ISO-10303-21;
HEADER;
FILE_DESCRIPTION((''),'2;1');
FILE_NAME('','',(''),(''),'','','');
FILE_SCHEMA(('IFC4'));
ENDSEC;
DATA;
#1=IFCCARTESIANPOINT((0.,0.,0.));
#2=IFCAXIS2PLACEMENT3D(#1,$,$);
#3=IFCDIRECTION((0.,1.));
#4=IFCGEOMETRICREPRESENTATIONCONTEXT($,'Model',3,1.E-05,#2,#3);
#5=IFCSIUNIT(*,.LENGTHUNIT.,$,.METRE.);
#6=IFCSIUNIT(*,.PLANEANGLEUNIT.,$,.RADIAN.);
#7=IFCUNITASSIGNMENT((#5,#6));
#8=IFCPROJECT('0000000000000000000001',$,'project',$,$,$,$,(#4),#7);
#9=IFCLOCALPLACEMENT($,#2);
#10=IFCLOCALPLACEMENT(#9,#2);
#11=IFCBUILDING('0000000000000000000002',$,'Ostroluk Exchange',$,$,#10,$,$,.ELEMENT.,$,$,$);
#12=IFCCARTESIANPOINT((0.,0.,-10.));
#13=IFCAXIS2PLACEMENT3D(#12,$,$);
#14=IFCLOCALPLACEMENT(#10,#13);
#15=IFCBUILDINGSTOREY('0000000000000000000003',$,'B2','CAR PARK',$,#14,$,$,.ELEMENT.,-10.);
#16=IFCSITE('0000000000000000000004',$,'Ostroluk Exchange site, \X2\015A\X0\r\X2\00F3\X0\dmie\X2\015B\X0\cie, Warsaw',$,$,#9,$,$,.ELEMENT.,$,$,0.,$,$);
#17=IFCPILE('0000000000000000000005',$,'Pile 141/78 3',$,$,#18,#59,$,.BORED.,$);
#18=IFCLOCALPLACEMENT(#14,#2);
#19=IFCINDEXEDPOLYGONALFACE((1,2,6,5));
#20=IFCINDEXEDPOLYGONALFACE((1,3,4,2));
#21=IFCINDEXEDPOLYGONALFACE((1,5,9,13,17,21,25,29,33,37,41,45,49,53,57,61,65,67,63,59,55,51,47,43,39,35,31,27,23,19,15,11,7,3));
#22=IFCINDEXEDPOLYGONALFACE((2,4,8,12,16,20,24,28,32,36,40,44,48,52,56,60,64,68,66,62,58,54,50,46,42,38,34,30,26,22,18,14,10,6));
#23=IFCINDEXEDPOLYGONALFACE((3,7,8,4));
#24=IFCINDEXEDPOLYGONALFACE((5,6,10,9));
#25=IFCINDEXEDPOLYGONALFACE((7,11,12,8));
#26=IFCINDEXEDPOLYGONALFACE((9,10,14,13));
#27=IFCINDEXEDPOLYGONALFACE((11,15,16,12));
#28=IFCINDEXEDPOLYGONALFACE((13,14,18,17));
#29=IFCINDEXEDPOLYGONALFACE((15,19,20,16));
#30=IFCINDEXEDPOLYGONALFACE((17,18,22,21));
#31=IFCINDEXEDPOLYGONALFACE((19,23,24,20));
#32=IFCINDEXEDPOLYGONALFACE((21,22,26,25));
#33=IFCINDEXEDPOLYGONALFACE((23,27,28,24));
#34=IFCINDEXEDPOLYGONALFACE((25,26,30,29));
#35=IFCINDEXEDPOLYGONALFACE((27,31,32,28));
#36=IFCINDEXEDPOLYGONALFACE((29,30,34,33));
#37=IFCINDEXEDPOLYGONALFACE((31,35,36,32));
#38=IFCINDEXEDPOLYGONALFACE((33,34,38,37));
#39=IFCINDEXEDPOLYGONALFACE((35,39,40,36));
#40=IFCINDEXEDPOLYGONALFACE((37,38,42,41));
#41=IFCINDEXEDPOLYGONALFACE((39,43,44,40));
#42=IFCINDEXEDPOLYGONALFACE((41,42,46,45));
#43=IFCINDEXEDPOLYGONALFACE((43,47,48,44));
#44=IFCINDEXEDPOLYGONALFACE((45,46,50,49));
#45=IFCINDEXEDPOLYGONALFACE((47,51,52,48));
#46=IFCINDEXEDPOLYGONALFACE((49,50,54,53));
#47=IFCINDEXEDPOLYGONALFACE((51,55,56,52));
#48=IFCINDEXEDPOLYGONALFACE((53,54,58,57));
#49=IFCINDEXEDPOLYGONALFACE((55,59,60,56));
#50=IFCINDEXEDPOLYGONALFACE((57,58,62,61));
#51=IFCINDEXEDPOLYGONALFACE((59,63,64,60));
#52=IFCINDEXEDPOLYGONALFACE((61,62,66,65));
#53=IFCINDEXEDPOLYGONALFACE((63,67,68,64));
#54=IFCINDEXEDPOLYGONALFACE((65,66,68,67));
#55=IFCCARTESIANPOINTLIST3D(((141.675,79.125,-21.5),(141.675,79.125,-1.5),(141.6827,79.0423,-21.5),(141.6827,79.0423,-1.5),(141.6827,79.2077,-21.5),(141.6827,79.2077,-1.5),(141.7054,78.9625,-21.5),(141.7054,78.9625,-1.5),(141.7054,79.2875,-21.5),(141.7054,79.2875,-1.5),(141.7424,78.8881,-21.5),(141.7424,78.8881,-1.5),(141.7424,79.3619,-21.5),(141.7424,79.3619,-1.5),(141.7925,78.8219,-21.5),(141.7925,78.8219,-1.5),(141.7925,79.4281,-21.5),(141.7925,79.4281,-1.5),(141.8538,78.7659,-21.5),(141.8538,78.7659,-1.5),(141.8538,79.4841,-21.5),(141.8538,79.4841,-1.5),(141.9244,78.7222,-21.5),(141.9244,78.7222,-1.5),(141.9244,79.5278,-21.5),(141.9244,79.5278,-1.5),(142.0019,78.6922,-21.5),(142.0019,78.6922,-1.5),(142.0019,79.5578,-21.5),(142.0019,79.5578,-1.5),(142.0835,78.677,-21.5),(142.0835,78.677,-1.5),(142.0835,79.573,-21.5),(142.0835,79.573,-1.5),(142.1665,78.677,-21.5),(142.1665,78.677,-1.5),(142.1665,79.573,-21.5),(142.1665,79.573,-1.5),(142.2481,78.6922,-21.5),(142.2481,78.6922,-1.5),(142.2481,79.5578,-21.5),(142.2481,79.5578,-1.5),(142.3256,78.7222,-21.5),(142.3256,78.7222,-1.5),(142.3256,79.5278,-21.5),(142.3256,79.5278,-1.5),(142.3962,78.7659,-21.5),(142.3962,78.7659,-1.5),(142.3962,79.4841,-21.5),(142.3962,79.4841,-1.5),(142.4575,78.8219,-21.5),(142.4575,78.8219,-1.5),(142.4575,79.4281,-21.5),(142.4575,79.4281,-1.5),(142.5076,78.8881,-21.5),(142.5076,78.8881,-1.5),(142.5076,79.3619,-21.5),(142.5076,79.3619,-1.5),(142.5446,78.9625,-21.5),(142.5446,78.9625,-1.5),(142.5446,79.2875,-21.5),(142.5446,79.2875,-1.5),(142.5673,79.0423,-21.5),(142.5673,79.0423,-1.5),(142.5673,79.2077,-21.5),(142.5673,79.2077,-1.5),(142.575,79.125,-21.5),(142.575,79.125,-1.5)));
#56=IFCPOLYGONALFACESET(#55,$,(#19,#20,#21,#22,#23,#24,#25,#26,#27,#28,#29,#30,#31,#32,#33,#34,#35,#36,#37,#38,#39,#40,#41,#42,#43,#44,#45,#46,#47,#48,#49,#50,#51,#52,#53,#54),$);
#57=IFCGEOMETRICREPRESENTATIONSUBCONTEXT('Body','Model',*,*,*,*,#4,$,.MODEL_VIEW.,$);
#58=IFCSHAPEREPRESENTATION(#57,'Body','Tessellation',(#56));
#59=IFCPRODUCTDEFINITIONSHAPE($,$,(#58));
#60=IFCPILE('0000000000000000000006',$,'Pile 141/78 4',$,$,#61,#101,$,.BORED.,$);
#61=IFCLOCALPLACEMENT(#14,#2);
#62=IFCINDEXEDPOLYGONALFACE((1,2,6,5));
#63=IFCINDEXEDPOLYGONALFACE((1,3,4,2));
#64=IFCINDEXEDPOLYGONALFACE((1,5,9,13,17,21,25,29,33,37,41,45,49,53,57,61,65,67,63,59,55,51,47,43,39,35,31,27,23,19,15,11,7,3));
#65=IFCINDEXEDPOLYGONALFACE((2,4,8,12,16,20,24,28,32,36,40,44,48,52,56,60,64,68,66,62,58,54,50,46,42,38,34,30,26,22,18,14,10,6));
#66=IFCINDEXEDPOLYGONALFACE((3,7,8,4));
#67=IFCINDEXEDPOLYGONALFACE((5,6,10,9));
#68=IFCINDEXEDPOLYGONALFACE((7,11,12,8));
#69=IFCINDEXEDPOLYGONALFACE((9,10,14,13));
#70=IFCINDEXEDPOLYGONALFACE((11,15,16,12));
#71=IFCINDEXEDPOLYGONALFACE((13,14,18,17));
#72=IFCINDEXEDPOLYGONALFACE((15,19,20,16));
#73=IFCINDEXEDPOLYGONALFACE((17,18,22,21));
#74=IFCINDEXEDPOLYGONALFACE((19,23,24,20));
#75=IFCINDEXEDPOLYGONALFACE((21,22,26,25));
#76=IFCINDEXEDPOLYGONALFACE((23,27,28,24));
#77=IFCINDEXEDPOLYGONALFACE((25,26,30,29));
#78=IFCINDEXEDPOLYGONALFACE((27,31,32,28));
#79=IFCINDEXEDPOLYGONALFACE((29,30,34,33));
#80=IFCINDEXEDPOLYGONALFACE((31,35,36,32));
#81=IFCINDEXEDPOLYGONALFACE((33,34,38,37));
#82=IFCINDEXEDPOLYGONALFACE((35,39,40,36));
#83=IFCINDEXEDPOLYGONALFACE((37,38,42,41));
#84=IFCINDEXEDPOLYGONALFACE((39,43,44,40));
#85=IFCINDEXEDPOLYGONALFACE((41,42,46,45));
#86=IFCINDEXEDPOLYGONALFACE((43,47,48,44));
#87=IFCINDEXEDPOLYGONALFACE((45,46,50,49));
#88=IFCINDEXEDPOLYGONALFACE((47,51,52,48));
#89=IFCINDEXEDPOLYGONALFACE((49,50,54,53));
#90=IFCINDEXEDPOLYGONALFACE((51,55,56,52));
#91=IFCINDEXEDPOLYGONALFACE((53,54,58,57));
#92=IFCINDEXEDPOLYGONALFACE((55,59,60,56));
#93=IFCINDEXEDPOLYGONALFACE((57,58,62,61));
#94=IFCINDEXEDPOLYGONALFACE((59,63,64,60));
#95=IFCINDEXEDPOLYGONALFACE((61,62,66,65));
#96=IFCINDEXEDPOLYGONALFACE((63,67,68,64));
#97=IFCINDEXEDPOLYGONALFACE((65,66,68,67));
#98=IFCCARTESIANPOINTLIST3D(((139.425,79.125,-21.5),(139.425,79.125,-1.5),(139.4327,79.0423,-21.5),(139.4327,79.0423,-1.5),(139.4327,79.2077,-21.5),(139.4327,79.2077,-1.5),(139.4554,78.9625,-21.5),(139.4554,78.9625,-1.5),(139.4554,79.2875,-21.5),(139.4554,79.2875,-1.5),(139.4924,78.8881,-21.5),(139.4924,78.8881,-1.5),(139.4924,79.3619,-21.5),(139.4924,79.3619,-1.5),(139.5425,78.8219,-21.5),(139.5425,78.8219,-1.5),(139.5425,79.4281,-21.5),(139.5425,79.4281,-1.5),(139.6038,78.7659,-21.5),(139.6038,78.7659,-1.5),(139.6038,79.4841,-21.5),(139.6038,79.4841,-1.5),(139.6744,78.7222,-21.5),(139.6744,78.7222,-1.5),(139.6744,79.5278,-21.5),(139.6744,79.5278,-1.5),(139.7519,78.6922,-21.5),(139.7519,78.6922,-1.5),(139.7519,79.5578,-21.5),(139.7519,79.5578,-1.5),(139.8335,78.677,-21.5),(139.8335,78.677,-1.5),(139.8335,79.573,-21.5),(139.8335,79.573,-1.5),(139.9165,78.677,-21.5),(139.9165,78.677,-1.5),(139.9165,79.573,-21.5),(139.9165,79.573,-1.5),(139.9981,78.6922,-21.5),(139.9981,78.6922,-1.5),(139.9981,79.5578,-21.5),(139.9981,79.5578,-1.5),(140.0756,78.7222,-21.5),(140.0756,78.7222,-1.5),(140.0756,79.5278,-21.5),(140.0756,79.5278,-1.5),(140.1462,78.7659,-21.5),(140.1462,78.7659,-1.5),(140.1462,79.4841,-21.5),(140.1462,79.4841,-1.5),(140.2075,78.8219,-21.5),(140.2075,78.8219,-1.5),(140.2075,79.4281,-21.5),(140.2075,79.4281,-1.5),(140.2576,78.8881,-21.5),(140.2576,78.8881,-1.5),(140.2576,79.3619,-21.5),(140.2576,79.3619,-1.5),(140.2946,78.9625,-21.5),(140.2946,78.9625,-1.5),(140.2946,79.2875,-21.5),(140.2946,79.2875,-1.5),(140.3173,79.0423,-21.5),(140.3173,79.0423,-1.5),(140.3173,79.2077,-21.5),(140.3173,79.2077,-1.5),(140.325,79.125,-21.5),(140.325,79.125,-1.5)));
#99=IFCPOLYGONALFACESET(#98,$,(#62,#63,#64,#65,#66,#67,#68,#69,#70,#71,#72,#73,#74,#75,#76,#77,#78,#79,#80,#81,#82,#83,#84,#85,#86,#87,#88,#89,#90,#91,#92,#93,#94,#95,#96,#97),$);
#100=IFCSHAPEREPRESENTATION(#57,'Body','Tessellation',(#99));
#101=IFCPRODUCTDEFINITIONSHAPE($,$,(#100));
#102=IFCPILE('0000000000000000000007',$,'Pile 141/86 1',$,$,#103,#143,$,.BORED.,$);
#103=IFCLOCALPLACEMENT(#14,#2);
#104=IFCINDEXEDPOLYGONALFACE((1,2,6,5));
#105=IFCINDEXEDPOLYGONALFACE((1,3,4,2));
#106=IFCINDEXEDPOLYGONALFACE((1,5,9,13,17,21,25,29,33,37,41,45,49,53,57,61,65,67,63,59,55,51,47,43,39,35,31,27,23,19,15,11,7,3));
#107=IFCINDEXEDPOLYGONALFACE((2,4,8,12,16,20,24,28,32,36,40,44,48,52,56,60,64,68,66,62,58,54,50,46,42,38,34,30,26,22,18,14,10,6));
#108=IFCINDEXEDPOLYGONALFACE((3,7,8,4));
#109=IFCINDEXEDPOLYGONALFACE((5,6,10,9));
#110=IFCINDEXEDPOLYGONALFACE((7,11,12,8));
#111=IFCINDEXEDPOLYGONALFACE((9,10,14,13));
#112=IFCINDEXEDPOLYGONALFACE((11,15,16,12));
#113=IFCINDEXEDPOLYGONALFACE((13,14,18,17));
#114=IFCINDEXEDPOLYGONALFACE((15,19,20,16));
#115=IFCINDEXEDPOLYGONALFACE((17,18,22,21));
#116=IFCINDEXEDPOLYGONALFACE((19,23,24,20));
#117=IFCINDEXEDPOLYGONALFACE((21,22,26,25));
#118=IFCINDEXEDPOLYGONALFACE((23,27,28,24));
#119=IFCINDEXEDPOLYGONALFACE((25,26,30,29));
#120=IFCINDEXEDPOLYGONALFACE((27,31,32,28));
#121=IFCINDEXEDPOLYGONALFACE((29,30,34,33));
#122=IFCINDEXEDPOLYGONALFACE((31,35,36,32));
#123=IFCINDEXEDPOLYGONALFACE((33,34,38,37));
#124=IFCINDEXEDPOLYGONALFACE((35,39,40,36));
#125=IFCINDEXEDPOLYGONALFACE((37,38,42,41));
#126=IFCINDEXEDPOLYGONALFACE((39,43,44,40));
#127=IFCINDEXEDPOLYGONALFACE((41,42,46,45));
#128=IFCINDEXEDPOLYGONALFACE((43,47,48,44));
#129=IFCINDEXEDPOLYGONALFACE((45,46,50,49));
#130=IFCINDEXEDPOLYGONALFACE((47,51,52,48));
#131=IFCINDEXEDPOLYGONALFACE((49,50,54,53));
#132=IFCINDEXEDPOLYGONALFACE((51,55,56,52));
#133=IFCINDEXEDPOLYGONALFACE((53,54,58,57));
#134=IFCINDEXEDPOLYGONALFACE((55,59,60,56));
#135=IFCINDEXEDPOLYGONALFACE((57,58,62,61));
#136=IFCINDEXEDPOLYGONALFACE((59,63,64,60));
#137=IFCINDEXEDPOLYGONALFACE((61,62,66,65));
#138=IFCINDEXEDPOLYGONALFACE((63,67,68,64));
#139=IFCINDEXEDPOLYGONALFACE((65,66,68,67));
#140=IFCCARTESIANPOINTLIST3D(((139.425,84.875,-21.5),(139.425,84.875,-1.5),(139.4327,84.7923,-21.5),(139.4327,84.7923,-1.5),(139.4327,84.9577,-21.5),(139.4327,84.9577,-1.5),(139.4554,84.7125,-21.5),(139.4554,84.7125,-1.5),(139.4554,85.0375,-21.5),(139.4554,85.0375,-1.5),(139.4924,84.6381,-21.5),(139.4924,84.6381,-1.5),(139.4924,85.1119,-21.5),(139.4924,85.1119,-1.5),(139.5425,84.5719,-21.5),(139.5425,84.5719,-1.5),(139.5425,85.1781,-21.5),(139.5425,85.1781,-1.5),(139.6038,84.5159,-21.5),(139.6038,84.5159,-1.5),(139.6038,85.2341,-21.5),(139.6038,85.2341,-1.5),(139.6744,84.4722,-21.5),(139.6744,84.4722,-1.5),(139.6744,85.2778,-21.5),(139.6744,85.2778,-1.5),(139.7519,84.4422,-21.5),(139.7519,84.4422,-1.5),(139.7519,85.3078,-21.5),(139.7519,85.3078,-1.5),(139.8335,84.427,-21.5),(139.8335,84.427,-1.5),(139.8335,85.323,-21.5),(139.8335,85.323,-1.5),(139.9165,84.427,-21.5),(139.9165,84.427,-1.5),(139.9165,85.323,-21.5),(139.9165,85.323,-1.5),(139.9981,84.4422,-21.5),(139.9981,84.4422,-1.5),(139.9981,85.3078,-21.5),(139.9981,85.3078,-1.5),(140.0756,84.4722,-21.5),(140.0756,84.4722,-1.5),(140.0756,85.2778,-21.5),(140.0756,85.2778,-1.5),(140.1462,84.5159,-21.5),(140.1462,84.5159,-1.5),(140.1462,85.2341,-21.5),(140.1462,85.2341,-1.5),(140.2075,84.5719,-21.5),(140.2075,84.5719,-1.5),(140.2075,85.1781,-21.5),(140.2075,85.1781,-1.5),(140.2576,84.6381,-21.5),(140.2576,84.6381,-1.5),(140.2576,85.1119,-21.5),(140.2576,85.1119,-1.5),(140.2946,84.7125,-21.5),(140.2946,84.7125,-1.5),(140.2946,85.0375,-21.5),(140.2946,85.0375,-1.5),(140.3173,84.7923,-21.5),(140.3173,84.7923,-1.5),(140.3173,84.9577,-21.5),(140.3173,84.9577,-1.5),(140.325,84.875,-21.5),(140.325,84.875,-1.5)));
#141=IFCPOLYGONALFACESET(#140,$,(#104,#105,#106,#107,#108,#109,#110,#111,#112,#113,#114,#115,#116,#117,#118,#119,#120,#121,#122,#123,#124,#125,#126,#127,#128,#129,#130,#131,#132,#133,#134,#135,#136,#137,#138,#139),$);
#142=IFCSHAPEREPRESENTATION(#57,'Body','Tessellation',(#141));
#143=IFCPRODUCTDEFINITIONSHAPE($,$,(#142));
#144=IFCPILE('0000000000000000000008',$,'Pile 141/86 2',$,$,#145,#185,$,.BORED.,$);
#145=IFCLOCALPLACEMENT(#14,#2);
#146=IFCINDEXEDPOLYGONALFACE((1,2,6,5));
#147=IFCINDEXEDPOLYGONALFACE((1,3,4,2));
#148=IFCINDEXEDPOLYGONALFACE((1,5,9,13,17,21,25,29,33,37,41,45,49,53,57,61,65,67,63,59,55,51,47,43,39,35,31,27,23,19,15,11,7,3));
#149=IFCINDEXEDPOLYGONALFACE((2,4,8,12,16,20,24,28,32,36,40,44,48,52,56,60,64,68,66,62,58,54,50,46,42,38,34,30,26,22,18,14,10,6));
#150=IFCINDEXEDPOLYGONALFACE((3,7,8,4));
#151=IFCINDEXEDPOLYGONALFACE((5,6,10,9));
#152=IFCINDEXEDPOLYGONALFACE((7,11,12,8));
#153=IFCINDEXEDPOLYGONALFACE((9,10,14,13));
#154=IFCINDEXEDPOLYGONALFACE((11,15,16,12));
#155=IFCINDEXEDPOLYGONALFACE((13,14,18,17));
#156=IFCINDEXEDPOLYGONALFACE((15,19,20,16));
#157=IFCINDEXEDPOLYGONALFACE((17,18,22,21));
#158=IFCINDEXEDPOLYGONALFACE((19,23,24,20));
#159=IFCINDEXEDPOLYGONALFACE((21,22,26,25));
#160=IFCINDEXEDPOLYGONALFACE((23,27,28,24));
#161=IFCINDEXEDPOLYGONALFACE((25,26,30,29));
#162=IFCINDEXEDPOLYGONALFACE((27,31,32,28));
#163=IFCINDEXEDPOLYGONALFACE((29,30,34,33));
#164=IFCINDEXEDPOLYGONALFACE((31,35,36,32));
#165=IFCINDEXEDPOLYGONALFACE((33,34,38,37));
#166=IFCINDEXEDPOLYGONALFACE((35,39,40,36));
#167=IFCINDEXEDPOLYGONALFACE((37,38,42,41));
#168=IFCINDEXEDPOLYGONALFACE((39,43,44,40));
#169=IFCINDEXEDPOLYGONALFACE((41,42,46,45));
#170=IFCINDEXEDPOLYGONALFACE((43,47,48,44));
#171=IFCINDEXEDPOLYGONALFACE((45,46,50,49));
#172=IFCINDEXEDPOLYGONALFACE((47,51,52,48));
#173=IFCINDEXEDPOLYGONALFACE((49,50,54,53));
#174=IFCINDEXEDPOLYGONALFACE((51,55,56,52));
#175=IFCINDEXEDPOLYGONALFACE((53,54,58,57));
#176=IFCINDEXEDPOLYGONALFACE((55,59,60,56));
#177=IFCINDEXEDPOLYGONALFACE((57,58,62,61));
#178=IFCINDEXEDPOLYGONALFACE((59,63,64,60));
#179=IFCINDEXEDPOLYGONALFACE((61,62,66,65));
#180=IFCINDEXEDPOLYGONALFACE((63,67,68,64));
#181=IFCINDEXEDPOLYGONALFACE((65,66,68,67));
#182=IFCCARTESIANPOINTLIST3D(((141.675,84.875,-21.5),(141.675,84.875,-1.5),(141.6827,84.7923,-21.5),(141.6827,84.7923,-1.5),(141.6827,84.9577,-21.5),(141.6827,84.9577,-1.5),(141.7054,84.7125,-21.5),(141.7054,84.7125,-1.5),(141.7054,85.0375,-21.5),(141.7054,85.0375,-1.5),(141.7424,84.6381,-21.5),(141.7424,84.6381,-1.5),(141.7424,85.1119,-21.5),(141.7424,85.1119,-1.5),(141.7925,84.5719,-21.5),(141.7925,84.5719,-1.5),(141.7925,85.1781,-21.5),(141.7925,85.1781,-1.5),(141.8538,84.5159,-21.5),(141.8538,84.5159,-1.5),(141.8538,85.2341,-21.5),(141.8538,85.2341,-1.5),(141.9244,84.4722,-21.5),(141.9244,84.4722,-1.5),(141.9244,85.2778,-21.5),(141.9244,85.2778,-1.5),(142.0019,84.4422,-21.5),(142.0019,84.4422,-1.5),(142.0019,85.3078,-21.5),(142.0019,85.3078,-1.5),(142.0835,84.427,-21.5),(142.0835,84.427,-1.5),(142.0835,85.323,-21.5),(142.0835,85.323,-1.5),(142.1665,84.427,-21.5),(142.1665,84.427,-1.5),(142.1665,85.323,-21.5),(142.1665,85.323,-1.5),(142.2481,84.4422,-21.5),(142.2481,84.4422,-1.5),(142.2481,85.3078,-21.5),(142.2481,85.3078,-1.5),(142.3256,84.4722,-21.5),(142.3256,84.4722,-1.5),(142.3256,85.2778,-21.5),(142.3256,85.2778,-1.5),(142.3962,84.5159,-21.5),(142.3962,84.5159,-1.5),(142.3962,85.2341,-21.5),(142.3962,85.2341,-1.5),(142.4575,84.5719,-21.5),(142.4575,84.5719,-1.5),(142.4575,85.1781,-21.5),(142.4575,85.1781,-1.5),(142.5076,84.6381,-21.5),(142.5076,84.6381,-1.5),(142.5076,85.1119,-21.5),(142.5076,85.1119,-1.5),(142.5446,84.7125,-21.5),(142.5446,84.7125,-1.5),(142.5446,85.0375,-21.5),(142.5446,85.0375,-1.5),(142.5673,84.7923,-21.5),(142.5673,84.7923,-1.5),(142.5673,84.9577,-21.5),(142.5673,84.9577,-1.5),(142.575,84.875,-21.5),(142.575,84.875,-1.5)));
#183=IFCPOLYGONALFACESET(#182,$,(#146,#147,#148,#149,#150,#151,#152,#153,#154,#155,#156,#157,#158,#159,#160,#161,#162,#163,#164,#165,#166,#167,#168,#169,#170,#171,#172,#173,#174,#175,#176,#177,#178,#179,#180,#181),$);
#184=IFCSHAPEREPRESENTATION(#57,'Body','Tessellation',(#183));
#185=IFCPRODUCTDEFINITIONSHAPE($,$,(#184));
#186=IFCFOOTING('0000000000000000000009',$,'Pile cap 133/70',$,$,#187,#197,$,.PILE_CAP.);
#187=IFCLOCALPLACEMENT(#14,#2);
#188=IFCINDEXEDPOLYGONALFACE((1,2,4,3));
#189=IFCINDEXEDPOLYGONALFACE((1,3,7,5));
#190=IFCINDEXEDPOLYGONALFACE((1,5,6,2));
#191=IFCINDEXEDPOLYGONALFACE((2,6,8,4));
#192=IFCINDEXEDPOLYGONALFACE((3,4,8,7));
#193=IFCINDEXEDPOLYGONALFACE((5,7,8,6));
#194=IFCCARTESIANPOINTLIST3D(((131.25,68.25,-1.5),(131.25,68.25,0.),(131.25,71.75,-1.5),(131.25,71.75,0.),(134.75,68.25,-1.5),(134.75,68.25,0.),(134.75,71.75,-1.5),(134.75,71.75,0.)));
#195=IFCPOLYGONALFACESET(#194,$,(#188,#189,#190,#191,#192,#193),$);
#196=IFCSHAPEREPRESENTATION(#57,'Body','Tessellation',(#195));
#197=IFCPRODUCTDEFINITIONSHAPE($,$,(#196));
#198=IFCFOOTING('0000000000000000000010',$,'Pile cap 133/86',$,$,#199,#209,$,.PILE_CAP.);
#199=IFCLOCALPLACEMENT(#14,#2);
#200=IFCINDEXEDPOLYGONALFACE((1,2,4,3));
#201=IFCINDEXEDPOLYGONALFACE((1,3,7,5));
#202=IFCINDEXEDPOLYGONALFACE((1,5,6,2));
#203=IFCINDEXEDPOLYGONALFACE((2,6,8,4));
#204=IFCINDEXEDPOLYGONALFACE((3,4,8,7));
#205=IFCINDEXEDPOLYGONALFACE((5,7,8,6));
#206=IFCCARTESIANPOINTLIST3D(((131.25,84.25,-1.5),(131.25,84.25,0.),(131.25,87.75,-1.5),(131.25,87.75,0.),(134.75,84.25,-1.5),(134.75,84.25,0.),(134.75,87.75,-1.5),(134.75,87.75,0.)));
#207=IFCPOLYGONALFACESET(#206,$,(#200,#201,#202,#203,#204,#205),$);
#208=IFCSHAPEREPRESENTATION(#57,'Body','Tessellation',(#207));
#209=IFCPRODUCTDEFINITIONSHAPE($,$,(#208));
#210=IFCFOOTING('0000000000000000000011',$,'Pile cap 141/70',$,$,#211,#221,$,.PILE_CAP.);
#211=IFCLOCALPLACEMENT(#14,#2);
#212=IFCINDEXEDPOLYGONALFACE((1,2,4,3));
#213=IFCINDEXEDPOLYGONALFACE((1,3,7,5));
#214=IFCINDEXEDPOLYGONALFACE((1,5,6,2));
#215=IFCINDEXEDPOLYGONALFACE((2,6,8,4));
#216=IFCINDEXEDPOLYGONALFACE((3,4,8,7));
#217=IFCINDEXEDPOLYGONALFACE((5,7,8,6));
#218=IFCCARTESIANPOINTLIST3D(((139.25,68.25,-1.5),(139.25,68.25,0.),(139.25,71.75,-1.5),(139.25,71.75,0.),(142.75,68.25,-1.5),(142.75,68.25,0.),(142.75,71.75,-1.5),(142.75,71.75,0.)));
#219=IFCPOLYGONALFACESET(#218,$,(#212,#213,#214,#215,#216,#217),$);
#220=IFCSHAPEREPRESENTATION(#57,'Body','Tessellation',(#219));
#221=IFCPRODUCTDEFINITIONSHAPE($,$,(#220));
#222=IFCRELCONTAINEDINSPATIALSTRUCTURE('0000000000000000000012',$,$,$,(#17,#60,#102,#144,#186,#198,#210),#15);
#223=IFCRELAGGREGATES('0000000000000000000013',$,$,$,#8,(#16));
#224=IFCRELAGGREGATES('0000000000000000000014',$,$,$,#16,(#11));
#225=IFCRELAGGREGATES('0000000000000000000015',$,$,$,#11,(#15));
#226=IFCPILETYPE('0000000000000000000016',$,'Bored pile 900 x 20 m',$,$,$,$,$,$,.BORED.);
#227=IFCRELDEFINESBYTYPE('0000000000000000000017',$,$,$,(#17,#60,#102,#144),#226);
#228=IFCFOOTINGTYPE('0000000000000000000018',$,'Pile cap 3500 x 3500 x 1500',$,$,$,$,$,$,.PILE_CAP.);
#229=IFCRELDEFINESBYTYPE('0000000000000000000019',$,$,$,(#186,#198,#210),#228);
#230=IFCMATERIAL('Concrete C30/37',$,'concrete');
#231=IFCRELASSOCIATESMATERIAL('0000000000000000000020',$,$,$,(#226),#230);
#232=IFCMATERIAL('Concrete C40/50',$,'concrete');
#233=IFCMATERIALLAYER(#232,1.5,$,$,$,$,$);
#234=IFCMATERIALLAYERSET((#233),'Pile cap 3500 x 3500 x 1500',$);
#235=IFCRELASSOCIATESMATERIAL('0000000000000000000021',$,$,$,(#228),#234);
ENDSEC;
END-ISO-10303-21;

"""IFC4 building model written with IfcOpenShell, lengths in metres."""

from ifc_helpers import new_model, si_unit, direction, frame, origin, origin_2d, place, context, subcontext, project, spatial, rectangle, circle, extrude, material, layer, layer_set, type_object, element, save


model = new_model("IFC4")

# Units and contexts
model_context = context("Model", 3, precision=1e-05, world=origin(), true_north=direction((0.0, 1.0)))
body_context = subcontext(model_context, "Body", "Model", "MODEL_VIEW")
ifc_project = project(units=[si_unit("LENGTHUNIT", "METRE"), si_unit("PLANEANGLEUNIT", "RADIAN")], contexts=[model_context])

# Site, building, storey
site_placement = place(None, origin())
site = spatial("IfcSite", under=ifc_project, at=site_placement, Name="Ostroluk Exchange site, Śródmieście, Warsaw", CompositionType="ELEMENT", RefElevation=0.0)
building_placement = place(site_placement, origin())
building = spatial("IfcBuilding", under=site, at=building_placement, Name="Ostroluk Exchange", CompositionType="ELEMENT")
storey_placement = place(building_placement, frame((0.0, 0.0, -10.0)))
storey = spatial("IfcBuildingStorey", under=building, at=storey_placement, Name="B2", Description="CAR PARK", CompositionType="ELEMENT", Elevation=-10.0)

# Piles
ifc_material_1 = material(Name="Concrete C30/37", Category="concrete")
pile_type = type_object("IfcPileType", Name="Bored pile 900 x 20 m", PredefinedType="BORED", material=ifc_material_1)
for number, where, z_axis, x_axis, name in (
    (1, (142.125, 79.125, -1.5), (0.0, 0.0, -1.0), (1.0, 0.0, 0.0), "Pile 141/78 3"),
    (2, (139.875, 79.125, -1.5), (0.0, 0.0, -1.0), (1.0, 0.0, 0.0), "Pile 141/78 4"),
    (3, (139.875, 84.875, -1.5), (0.0, 0.0, -1.0), (1.0, 0.0, 0.0), "Pile 141/86 1"),
    (4, (142.125, 84.875, -1.5), (0.0, 0.0, -1.0), (1.0, 0.0, 0.0), "Pile 141/86 2"),
):
    element("IfcPile", number, at=place(storey_placement, frame(where, z_axis=z_axis, x_axis=x_axis)), inside=storey, type_object=pile_type, Name=name, PredefinedType="BORED", context=body_context, shape_type="SweptSolid", body=[
        extrude(circle(Radius=0.45, at=origin_2d()), origin(), (0.0, 0.0, 1.0), 20.0),
    ])

# Footings
ifc_material_2 = material(Name="Concrete C40/50", Category="concrete")
ifc_layer = layer(ifc_material_2, 1.5)
ifc_layer_set = layer_set([ifc_layer], Name="Pile cap 3500 x 3500 x 1500")
footing_type = type_object("IfcFootingType", Name="Pile cap 3500 x 3500 x 1500", PredefinedType="PILE_CAP", material=ifc_layer_set)
for number, where, z_axis, x_axis, name in (
    (5, (133.0, 70.0, -1.5), (0.0, 0.0, 1.0), (1.0, 0.0, 0.0), "Pile cap 133/70"),
    (6, (133.0, 86.0, -1.5), (0.0, 0.0, 1.0), (1.0, 0.0, 0.0), "Pile cap 133/86"),
    (7, (141.0, 70.0, -1.5), (0.0, 0.0, 1.0), (1.0, 0.0, 0.0), "Pile cap 141/70"),
):
    element("IfcFooting", number, at=place(storey_placement, frame(where, z_axis=z_axis, x_axis=x_axis)), inside=storey, type_object=footing_type, Name=name, PredefinedType="PILE_CAP", context=body_context, shape_type="SweptSolid", body=[
        extrude(rectangle(XDim=3.5, YDim=3.5, at=origin_2d()), origin(), (0.0, 0.0, 1.0), 1.5),
    ])

save(model, "model.ifc")
